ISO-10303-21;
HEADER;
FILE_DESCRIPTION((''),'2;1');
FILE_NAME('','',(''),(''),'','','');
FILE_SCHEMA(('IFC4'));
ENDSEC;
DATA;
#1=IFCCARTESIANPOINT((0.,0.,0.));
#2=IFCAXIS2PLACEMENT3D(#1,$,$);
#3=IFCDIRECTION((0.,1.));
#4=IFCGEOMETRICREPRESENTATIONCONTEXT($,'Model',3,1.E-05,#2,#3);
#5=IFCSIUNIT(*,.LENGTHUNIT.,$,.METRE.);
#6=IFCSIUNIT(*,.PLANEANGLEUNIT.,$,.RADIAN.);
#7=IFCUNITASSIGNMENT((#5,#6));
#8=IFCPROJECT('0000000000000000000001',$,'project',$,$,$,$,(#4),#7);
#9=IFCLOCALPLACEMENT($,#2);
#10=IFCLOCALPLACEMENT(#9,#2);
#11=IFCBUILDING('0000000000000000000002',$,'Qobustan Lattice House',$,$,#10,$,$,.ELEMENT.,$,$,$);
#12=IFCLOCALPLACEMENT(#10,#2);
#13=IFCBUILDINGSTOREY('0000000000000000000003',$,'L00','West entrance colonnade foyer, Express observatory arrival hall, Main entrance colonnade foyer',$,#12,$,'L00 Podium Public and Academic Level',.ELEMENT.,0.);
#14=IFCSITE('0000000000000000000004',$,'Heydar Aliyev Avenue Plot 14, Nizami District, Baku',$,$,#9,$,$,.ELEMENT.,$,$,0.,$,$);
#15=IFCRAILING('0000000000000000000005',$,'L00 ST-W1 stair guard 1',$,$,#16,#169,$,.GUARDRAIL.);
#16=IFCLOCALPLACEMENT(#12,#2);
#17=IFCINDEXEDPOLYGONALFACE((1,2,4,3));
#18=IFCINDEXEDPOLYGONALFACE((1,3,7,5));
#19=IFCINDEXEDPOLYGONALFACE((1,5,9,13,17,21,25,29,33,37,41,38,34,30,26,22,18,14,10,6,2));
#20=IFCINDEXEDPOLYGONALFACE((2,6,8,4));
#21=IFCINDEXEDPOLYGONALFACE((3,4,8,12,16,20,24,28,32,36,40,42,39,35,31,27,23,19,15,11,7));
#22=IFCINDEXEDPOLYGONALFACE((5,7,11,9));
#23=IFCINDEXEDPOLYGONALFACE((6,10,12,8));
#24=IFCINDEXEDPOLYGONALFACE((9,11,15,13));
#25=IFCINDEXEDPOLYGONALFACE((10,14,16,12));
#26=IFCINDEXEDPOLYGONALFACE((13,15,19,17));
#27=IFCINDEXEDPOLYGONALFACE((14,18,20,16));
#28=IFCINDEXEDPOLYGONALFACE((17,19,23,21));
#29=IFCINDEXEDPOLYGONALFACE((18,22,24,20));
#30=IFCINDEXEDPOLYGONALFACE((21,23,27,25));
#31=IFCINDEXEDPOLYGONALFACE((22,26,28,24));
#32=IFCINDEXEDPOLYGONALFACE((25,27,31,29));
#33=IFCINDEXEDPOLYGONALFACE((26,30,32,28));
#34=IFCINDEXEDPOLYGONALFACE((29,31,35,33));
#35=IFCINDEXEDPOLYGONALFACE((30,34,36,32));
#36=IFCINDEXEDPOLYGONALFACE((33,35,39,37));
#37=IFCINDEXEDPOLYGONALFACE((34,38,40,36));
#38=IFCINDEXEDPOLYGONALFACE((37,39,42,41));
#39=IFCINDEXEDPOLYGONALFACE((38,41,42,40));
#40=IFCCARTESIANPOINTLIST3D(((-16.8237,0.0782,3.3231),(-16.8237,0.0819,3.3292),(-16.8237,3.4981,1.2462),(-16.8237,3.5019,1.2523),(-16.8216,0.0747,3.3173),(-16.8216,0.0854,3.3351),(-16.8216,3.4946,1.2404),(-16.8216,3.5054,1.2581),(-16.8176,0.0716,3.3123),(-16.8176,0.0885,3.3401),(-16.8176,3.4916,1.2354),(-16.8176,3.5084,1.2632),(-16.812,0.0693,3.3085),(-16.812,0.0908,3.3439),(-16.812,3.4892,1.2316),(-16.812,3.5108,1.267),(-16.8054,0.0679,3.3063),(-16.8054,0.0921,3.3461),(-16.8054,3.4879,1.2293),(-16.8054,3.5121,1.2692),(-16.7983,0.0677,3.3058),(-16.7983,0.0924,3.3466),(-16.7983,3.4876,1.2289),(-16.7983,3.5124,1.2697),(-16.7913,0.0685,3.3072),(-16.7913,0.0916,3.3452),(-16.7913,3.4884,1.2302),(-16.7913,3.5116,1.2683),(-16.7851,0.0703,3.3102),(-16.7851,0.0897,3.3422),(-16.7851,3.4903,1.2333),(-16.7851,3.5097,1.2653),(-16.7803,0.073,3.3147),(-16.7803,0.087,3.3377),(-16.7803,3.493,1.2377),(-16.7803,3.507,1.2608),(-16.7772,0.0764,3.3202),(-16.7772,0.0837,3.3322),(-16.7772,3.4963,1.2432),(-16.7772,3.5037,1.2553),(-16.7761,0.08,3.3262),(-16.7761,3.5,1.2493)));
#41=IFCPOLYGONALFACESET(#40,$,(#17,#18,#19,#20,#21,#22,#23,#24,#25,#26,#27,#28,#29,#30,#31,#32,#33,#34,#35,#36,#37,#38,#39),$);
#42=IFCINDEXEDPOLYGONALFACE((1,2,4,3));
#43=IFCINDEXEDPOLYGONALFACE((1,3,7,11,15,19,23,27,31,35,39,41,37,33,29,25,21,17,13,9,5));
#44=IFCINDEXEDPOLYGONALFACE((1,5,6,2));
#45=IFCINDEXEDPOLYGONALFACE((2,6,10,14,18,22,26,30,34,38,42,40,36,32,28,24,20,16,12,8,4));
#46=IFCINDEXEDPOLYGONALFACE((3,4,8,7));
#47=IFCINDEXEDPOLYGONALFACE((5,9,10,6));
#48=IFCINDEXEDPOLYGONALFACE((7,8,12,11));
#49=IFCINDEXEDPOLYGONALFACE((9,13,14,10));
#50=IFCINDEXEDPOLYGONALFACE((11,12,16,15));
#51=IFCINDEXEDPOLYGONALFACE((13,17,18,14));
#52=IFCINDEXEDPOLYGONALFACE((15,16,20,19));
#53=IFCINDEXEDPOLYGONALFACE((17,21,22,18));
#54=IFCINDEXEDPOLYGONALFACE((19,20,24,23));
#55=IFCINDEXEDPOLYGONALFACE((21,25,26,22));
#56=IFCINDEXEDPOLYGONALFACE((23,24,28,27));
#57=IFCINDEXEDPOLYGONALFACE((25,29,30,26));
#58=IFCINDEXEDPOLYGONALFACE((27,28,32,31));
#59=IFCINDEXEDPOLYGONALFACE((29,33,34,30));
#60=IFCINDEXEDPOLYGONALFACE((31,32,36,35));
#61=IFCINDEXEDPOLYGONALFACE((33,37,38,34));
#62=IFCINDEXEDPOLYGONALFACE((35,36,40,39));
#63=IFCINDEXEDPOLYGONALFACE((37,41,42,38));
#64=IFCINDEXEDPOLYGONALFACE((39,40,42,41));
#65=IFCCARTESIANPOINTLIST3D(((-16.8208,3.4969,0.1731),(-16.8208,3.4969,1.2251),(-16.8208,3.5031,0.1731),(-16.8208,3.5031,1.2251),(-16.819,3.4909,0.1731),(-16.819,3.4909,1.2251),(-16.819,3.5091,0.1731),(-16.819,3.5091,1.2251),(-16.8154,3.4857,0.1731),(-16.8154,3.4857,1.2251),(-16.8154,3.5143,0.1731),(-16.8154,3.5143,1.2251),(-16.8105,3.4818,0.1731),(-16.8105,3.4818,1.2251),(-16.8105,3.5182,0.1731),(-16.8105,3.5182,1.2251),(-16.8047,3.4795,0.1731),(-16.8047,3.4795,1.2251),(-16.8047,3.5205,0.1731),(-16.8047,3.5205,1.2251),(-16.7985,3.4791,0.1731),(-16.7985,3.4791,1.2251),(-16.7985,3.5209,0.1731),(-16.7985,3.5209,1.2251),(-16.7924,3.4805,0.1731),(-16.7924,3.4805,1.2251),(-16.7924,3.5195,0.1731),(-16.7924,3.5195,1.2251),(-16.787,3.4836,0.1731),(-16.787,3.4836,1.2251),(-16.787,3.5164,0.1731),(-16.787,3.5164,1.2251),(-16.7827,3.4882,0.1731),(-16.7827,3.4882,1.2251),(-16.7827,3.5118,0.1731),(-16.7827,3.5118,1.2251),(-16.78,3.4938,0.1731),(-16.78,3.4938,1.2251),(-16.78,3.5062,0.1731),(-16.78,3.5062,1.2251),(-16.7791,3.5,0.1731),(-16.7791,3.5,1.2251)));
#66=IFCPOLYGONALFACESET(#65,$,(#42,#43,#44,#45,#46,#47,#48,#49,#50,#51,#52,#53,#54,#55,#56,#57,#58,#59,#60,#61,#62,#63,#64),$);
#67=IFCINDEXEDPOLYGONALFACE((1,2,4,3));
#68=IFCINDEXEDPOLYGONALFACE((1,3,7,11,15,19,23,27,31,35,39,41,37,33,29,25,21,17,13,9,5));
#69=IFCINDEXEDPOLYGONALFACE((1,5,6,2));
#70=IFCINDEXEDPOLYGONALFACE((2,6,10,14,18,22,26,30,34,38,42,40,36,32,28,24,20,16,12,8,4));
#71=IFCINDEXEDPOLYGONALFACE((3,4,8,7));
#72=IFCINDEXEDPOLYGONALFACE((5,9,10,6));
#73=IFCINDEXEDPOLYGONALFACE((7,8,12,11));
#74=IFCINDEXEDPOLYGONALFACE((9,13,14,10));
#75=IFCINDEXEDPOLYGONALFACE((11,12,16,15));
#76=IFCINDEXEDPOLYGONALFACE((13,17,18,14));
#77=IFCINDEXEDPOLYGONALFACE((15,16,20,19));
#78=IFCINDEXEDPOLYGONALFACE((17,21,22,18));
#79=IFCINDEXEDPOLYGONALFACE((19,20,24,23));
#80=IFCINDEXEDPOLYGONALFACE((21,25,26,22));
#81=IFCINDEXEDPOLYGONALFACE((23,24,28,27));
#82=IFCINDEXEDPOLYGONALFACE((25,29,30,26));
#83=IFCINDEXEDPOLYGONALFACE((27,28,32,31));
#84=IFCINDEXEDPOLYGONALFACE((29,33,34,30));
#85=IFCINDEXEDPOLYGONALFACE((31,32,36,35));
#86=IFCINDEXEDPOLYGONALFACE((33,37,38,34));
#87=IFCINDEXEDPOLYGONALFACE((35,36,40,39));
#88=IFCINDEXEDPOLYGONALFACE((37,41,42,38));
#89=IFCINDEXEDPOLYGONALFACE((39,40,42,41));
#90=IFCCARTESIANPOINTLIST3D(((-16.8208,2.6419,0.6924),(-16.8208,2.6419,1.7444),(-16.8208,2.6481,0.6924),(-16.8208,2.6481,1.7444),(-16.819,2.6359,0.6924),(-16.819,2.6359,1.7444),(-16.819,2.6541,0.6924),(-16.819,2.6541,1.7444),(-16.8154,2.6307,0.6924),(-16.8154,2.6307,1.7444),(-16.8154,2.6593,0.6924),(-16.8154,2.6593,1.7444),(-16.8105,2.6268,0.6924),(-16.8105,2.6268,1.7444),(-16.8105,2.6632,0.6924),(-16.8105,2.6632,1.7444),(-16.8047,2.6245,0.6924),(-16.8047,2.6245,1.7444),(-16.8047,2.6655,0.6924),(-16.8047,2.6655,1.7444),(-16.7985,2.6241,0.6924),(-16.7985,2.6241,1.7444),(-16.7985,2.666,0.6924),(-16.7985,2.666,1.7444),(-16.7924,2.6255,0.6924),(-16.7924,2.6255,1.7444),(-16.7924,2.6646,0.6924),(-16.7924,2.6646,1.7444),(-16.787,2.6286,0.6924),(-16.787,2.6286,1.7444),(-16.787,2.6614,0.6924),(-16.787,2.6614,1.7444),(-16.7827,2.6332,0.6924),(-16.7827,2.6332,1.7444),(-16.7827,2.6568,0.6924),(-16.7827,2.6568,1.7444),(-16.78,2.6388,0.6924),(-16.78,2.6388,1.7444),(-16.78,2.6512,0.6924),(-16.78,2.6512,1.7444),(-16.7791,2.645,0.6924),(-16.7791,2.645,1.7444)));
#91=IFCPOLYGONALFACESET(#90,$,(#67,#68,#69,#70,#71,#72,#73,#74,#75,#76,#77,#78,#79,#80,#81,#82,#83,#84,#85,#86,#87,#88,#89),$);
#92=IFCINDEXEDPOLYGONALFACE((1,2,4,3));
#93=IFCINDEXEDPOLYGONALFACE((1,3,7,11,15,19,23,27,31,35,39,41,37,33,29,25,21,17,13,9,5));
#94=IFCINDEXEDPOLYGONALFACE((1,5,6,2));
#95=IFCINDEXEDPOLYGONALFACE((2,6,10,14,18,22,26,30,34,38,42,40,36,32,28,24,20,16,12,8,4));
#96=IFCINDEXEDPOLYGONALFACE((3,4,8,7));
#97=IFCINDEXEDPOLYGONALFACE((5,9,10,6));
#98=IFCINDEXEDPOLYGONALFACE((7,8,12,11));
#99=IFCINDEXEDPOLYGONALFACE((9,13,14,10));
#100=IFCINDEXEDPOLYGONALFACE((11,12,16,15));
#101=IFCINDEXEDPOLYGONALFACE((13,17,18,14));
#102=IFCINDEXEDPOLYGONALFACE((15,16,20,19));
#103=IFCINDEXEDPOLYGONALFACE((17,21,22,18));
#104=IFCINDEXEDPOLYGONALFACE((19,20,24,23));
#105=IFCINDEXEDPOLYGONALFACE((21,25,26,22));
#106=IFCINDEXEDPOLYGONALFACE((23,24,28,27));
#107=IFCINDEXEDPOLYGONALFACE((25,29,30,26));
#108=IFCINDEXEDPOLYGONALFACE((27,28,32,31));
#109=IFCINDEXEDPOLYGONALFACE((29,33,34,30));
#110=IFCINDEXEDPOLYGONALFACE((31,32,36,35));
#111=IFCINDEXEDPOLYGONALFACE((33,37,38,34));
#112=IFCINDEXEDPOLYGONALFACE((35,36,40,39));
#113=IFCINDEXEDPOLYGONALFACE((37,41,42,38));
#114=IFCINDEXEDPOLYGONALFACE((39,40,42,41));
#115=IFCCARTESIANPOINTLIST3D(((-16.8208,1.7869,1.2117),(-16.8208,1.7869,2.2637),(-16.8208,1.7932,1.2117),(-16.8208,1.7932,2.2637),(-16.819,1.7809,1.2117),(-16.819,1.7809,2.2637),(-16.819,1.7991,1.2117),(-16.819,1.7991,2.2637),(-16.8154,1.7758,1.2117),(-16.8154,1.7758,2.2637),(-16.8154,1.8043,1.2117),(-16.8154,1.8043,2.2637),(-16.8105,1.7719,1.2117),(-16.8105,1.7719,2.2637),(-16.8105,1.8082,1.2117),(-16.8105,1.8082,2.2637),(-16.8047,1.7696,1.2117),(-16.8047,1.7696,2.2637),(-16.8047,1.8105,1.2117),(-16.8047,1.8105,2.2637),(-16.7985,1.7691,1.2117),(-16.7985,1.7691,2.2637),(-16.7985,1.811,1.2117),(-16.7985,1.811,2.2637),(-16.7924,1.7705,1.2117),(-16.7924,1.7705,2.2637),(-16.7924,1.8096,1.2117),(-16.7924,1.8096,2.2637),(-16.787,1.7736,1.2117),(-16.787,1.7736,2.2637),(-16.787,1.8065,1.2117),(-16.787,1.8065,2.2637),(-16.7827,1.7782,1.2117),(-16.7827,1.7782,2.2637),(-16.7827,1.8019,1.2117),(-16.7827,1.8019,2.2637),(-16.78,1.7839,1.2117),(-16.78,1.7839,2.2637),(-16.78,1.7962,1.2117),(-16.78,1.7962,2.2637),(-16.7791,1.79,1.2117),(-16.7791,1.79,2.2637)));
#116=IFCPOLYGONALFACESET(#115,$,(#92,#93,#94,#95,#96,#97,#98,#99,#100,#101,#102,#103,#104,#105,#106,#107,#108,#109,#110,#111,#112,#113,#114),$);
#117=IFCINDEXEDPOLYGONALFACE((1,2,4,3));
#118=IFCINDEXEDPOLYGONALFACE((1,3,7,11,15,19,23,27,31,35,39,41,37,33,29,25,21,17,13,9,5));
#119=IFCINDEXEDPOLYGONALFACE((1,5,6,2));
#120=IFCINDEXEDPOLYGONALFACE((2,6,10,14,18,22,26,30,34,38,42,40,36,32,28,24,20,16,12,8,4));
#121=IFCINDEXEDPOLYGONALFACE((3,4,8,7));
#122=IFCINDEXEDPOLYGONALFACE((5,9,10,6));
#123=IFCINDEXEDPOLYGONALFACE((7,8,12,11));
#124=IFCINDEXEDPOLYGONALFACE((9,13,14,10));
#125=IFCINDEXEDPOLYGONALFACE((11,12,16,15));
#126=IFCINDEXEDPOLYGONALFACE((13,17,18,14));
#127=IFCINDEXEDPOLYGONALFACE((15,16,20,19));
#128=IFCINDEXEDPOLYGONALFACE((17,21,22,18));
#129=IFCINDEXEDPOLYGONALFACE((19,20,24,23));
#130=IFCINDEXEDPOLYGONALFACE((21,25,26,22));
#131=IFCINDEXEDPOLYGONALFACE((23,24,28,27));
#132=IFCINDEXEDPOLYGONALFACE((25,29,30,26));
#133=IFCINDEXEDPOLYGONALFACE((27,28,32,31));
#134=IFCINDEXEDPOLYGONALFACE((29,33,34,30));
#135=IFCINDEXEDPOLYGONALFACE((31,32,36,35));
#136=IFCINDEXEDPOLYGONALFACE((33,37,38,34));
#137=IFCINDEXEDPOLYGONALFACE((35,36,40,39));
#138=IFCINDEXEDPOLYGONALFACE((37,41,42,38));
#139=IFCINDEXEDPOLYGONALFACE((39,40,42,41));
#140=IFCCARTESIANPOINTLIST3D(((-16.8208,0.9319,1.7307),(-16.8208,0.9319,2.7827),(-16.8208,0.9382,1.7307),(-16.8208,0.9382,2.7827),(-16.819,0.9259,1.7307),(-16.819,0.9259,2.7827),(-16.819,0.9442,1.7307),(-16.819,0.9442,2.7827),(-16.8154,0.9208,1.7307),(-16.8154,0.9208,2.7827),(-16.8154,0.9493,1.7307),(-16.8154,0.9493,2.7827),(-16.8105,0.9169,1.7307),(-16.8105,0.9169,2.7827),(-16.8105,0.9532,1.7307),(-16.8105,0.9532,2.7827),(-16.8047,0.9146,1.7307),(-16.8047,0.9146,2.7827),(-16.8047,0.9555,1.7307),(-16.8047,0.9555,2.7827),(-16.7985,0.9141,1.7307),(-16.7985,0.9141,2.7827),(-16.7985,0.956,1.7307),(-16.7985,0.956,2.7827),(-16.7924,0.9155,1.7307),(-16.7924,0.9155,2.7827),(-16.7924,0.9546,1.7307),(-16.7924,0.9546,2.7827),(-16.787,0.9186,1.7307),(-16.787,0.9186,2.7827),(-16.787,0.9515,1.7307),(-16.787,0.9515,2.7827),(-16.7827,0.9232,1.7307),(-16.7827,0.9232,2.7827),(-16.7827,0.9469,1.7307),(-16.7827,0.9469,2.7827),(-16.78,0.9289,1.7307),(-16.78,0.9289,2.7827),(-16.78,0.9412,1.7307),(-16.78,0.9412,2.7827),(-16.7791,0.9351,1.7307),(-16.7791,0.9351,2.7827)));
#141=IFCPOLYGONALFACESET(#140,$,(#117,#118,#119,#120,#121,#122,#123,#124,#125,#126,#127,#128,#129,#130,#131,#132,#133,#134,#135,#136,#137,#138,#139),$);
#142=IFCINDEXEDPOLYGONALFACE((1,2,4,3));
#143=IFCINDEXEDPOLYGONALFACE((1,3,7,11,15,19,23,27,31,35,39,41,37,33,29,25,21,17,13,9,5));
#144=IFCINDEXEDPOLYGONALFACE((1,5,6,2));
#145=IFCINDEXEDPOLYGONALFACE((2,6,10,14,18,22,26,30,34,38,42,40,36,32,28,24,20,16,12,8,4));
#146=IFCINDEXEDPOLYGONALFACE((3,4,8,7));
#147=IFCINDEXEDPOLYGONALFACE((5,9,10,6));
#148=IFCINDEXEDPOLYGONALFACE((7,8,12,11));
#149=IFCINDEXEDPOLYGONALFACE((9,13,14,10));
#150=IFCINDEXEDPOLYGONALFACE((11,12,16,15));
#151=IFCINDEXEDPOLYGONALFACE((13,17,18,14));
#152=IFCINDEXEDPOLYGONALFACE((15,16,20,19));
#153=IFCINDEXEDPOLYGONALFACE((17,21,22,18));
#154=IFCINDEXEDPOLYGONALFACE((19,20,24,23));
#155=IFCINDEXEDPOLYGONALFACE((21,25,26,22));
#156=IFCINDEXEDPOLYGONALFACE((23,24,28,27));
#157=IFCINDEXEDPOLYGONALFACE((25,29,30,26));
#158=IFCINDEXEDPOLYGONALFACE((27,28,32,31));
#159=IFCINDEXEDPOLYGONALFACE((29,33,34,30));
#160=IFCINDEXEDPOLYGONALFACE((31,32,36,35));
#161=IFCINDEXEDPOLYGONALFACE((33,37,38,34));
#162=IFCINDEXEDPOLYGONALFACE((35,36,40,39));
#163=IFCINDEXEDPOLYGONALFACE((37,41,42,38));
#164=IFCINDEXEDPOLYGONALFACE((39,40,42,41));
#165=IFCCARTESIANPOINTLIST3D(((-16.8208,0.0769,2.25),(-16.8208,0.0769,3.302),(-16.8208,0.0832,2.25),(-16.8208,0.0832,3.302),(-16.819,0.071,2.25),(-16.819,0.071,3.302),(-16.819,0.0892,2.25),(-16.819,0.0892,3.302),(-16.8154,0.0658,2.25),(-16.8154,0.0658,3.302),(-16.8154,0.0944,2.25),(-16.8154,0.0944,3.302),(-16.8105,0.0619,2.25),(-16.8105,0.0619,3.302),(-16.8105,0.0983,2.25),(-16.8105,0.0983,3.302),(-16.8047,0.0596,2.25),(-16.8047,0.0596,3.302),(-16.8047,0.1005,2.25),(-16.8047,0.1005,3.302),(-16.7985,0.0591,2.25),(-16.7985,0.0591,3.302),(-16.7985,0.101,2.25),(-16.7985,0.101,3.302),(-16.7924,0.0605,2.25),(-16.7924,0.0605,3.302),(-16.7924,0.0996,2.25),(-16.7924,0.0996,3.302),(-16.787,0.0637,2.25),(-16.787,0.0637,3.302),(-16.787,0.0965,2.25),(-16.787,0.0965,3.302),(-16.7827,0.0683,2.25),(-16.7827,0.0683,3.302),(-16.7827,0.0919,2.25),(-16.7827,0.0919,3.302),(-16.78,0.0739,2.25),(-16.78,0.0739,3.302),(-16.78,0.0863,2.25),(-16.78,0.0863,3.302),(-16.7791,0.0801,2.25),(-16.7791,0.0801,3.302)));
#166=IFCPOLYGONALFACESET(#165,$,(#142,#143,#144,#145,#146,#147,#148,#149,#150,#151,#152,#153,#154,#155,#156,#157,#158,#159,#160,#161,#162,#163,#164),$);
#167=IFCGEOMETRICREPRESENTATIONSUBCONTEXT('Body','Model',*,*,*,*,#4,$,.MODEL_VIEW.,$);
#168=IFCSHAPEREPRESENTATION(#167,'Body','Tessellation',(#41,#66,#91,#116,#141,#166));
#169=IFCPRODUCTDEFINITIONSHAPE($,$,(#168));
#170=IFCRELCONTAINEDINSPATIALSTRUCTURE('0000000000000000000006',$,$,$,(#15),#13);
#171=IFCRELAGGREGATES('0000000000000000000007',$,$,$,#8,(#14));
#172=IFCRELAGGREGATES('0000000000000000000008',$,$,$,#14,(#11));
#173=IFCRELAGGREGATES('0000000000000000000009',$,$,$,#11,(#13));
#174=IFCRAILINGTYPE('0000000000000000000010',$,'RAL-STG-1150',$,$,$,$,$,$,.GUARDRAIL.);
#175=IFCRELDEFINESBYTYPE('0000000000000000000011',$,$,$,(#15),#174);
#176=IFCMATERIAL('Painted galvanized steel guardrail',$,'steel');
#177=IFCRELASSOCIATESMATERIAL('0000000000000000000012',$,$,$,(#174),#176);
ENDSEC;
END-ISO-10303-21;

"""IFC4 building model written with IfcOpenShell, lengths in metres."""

from ifc_helpers import new_model, si_unit, direction, frame, origin, origin_2d, place, context, subcontext, project, spatial, circle, extrude, material, type_object, element, save


model = new_model("IFC4")

# Units and contexts
model_context = context("Model", 3, precision=1e-05, world=origin(), true_north=direction((0.0, 1.0)))
body_context = subcontext(model_context, "Body", "Model", "MODEL_VIEW")
ifc_project = project(units=[si_unit("LENGTHUNIT", "METRE"), si_unit("PLANEANGLEUNIT", "RADIAN")], contexts=[model_context])

# Site, building, storey
site_placement = place(None, origin())
site = spatial("IfcSite", under=ifc_project, at=site_placement, Name="Heydar Aliyev Avenue Plot 14, Nizami District, Baku", CompositionType="ELEMENT", RefElevation=0.0)
building_placement = place(site_placement, origin())
building = spatial("IfcBuilding", under=site, at=building_placement, Name="Qobustan Lattice House", CompositionType="ELEMENT")
storey_placement = place(building_placement, origin())
storey = spatial("IfcBuildingStorey", under=building, at=storey_placement, Name="L00", Description="West entrance colonnade foyer, Express observatory arrival hall, Main entrance colonnade foyer", LongName="L00 Podium Public and Academic Level", CompositionType="ELEMENT", Elevation=0.0)

# Railing
ifc_material_1 = material(Name="Painted galvanized steel guardrail", Category="steel")
railing_type_1 = type_object("IfcRailingType", Name="RAL-STG-1150", PredefinedType="GUARDRAIL", material=ifc_material_1)
railing_1_placement = place(storey_placement, frame((-16.8, 3.5, 0.1731)))
element("IfcRailing", 1, at=railing_1_placement, inside=storey, type_object=railing_type_1, Name="L00 ST-W1 stair guard 1", PredefinedType="GUARDRAIL", context=body_context, shape_type="SweptSolid", body=[
    extrude(circle(Radius=0.0239, at=origin_2d()), frame((0.0, 0.0, 1.0762), z_axis=(0.0, -0.85473, 0.519074), x_axis=(1.0, 0.0, 0.0)), (0.0, 0.0, 1.0), 4.0012),
    extrude(circle(Radius=0.021, at=origin_2d()), origin(), (0.0, 0.0, 1.0), 1.052),
    extrude(circle(Radius=0.021, at=origin_2d()), frame((0.0, -0.855, 0.5193)), (0.0, 0.0, 1.0), 1.052),
    extrude(circle(Radius=0.021, at=origin_2d()), frame((0.0, -1.71, 1.0386)), (0.0, 0.0, 1.0), 1.052),
    extrude(circle(Radius=0.021, at=origin_2d()), frame((0.0, -2.5649, 1.5576)), (0.0, 0.0, 1.0), 1.052),
    extrude(circle(Radius=0.021, at=origin_2d()), frame((0.0, -3.4199, 2.0769)), (0.0, 0.0, 1.0), 1.052),
])

save(model, "model.ifc")
